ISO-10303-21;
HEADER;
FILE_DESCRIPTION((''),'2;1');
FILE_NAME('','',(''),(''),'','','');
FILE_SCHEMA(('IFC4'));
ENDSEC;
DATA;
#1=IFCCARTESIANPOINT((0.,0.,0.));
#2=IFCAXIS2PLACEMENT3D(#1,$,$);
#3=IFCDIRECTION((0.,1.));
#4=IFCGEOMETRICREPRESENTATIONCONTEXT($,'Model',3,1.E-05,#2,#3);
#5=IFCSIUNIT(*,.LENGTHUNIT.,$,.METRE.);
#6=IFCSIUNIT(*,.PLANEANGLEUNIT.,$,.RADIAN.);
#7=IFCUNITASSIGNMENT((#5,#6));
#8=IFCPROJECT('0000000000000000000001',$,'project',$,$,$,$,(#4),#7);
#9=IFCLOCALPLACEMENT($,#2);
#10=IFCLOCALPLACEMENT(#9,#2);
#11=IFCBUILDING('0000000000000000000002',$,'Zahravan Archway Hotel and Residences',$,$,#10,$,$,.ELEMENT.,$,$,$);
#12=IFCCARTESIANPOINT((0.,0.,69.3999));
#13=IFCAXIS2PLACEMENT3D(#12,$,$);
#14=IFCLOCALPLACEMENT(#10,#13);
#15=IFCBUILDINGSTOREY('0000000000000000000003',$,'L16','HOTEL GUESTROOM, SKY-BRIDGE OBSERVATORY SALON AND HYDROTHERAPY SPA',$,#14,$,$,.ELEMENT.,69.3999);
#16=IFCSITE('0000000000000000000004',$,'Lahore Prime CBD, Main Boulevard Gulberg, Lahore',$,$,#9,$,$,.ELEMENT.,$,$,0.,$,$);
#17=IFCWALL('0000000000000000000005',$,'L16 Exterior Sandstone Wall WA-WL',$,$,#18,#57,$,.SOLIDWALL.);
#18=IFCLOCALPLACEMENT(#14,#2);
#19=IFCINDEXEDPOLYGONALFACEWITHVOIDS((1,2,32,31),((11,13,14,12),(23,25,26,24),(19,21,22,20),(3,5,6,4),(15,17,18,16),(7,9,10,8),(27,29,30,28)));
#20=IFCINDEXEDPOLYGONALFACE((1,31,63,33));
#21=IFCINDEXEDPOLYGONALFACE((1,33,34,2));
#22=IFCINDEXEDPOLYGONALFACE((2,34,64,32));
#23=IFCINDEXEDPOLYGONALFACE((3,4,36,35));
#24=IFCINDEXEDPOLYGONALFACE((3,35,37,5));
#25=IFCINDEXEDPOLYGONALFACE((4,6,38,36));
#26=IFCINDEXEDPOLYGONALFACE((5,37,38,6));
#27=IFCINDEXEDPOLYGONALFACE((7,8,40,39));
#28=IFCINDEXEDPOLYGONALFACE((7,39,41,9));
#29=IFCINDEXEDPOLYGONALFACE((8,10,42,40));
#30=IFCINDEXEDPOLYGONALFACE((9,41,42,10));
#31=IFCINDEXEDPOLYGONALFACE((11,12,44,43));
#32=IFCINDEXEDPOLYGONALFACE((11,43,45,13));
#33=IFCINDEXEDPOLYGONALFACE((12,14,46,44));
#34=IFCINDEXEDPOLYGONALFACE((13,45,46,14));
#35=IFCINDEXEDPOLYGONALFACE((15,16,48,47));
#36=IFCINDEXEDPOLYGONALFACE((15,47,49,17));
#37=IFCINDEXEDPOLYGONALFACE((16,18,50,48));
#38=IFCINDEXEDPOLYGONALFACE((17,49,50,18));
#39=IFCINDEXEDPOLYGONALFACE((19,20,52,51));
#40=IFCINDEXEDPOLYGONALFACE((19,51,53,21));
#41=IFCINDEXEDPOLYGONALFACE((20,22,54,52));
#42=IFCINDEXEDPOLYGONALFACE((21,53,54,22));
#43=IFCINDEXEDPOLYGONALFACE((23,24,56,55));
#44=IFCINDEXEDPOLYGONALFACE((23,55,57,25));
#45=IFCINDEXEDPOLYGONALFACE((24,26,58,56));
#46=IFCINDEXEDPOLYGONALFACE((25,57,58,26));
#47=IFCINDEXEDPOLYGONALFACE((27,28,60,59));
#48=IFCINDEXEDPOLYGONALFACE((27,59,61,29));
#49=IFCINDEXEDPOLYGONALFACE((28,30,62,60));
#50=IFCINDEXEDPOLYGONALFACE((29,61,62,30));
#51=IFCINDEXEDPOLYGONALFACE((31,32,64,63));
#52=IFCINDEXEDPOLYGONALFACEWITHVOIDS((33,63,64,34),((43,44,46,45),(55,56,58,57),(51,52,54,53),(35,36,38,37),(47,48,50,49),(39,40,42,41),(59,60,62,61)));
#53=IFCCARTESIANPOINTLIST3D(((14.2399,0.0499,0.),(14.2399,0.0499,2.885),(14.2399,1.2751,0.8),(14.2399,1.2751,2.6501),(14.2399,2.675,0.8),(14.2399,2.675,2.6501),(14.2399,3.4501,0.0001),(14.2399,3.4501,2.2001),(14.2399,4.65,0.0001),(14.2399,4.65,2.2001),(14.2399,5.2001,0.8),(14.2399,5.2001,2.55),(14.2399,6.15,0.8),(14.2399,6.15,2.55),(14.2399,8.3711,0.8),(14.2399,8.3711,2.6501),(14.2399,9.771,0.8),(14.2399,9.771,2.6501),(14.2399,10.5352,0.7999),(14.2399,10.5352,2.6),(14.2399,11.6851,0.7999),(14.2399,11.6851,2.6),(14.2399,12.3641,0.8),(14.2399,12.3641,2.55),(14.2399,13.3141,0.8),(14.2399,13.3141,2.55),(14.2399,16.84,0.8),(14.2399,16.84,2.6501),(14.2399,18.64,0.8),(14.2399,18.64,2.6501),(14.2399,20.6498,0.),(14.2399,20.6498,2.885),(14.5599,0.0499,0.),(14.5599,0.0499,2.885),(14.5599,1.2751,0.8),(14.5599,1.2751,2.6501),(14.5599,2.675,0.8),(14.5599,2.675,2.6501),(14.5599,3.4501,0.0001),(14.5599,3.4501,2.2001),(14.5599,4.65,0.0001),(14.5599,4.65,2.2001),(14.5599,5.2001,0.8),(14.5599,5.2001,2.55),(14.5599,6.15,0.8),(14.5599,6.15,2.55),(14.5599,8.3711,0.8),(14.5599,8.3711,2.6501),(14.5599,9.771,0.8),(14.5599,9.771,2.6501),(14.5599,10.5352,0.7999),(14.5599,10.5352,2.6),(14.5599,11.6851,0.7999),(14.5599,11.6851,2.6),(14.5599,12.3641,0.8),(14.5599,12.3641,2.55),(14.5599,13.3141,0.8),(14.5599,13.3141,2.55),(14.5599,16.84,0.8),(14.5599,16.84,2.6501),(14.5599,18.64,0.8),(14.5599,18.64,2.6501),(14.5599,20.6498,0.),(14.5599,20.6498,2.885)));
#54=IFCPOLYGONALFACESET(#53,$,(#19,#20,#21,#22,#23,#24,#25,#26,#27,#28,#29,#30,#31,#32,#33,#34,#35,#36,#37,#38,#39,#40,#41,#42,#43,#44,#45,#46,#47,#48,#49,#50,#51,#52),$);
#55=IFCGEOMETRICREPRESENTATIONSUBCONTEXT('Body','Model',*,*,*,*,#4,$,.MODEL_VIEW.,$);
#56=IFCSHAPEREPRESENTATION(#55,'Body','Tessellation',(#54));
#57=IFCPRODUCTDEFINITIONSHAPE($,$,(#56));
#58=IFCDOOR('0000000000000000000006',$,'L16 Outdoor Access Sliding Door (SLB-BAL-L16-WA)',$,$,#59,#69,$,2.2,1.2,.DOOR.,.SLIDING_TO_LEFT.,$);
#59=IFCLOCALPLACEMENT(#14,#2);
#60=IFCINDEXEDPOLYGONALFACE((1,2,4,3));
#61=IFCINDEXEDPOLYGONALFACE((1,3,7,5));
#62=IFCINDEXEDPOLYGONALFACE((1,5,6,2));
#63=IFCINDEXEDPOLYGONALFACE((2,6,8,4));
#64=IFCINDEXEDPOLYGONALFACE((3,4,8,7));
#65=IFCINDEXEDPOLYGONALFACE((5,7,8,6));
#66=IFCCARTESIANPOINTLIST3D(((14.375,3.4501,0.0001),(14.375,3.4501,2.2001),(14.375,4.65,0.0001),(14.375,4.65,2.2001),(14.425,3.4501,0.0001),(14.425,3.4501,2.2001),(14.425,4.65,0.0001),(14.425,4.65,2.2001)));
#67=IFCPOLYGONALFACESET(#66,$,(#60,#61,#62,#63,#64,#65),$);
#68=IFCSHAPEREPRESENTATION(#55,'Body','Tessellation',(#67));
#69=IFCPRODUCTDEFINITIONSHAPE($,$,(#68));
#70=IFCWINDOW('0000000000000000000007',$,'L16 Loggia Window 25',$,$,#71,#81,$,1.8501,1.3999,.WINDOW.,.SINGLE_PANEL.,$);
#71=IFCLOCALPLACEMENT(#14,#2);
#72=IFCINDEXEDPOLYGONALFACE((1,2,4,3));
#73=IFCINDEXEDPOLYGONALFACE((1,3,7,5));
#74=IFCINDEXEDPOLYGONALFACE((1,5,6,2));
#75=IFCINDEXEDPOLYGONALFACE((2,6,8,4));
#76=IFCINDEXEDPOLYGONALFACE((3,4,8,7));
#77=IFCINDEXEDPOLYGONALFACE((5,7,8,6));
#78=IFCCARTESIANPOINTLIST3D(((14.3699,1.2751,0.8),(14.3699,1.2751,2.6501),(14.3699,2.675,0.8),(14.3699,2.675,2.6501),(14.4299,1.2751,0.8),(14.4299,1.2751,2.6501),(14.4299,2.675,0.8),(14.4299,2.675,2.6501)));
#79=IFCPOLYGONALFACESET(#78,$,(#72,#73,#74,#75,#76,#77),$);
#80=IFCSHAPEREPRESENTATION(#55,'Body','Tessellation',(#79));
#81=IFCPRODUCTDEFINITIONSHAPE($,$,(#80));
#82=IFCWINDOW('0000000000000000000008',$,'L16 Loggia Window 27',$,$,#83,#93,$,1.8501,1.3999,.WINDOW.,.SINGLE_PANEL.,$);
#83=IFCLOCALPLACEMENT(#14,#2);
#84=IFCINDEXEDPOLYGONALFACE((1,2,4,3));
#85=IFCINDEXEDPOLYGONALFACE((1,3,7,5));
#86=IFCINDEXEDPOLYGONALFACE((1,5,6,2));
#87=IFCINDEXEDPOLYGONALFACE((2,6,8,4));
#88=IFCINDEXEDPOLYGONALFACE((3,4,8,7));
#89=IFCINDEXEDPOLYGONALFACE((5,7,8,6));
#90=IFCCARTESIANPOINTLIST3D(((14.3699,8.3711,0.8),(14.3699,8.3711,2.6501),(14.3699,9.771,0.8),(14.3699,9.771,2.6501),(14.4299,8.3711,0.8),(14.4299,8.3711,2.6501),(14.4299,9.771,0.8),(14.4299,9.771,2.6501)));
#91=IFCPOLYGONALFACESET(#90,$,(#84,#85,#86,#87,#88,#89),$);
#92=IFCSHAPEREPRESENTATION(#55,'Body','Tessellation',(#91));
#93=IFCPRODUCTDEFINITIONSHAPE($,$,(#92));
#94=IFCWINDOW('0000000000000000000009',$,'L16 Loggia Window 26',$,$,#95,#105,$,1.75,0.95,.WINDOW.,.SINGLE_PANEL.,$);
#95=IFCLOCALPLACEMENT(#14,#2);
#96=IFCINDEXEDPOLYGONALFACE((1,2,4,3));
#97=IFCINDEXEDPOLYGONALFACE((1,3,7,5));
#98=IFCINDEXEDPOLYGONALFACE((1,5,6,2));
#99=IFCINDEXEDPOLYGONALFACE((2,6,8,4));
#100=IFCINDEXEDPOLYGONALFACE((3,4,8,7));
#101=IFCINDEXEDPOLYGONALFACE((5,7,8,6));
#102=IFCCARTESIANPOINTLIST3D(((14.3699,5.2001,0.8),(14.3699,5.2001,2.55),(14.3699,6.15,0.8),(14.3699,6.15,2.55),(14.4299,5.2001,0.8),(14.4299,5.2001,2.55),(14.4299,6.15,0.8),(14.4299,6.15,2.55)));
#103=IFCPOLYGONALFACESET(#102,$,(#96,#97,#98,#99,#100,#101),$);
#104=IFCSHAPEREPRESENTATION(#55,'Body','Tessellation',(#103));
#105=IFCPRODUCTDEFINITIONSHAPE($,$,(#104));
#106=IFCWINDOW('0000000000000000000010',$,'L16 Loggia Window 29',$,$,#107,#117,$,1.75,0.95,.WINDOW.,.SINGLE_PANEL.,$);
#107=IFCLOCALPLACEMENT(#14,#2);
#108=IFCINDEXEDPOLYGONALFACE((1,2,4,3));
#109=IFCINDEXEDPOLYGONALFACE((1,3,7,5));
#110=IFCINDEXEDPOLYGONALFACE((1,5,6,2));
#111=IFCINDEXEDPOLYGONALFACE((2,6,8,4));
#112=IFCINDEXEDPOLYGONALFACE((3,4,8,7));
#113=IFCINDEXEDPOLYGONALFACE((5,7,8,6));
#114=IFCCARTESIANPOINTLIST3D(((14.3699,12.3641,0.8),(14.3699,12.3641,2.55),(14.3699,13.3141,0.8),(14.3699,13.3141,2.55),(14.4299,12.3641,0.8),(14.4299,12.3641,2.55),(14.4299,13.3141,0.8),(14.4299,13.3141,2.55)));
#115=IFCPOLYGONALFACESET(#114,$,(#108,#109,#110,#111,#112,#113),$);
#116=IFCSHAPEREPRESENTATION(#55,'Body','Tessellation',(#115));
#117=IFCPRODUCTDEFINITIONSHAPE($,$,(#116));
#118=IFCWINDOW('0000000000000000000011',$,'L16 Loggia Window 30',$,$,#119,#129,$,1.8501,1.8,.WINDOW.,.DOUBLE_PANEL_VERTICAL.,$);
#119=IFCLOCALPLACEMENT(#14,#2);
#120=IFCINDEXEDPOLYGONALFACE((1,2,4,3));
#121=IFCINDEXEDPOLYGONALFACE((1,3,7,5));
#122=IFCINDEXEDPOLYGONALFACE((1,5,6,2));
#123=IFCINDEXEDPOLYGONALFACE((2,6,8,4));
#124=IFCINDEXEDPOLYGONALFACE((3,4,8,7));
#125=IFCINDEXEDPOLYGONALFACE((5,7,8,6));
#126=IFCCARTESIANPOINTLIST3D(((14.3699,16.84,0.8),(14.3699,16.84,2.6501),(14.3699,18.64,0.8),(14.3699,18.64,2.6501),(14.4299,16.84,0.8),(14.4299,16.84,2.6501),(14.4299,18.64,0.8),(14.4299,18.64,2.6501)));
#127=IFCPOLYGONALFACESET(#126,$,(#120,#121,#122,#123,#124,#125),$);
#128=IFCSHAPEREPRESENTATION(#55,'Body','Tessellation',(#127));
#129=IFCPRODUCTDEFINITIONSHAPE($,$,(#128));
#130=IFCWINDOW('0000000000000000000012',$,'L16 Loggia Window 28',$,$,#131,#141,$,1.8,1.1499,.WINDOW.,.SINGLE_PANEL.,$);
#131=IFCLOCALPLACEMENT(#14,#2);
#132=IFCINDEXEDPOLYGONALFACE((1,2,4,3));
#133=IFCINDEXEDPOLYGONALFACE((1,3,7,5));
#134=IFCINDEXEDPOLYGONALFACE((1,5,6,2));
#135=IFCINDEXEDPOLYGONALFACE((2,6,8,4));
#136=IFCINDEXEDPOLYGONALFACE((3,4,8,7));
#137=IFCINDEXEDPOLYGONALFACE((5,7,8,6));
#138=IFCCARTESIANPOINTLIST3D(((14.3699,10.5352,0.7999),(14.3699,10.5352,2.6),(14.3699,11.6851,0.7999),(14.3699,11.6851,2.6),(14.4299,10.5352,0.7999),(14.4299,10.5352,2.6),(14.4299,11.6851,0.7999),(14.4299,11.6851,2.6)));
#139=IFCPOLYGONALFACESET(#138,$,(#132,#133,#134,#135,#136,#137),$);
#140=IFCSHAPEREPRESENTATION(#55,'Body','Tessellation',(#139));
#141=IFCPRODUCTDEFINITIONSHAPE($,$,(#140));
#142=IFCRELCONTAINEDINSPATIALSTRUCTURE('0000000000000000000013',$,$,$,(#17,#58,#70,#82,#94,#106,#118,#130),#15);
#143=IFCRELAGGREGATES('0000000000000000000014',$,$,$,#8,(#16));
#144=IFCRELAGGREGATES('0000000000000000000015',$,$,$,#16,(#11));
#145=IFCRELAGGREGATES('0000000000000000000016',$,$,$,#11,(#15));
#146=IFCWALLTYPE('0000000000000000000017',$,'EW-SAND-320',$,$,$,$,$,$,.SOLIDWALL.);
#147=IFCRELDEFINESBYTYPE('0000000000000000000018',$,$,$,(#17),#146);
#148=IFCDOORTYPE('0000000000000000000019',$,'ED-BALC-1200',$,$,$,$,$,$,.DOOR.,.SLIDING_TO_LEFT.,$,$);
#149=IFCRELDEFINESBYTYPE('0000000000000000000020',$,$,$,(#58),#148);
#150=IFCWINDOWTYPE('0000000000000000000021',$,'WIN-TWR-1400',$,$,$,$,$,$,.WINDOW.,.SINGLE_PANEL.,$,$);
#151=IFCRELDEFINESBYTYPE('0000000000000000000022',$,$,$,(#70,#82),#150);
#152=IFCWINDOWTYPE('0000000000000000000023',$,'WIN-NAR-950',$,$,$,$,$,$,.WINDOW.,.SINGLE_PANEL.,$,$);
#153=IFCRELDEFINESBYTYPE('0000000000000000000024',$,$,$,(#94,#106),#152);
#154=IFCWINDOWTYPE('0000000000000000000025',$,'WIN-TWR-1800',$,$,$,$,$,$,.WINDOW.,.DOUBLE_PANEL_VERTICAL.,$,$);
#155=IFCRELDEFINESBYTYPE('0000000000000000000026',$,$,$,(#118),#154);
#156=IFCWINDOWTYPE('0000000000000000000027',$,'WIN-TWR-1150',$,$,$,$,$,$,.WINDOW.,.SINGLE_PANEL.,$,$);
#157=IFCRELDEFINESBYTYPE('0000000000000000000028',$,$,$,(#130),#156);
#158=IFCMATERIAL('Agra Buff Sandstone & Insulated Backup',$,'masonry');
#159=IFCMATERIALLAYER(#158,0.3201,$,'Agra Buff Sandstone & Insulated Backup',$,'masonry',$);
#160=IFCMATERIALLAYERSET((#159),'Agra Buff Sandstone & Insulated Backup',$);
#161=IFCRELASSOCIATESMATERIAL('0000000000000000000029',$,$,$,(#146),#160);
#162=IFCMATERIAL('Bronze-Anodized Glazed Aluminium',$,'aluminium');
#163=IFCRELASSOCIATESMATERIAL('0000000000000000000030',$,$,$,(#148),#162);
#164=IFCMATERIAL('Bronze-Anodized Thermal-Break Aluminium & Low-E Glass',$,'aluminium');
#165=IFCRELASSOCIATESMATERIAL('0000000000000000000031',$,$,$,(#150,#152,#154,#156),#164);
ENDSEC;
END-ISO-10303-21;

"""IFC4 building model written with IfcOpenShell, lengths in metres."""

from ifc_helpers import new_model, si_unit, direction, frame, frame_2d, origin, place, context, subcontext, project, spatial, rectangle, extrude, source, transform, mapped, material, layer, layer_set, type_object, type_shapes, element, fill, save


model = new_model("IFC4")

# Units and contexts
model_context = context("Model", 3, precision=1e-05, world=origin(), true_north=direction((0.0, 1.0)))
body_context = subcontext(model_context, "Body", "Model", "MODEL_VIEW")
ifc_project = project(units=[si_unit("LENGTHUNIT", "METRE"), si_unit("PLANEANGLEUNIT", "RADIAN")], contexts=[model_context])

# Site, building, storey
site_placement = place(None, origin())
site = spatial("IfcSite", under=ifc_project, at=site_placement, Name="Lahore Prime CBD, Main Boulevard Gulberg, Lahore", CompositionType="ELEMENT", RefElevation=0.0)
building_placement = place(site_placement, origin())
building = spatial("IfcBuilding", under=site, at=building_placement, Name="Zahravan Archway Hotel and Residences", CompositionType="ELEMENT")
storey_placement = place(building_placement, frame((0.0, 0.0, 69.3999)))
storey = spatial("IfcBuildingStorey", under=building, at=storey_placement, Name="L16", Description="HOTEL GUESTROOM, SKY-BRIDGE OBSERVATORY SALON AND HYDROTHERAPY SPA", CompositionType="ELEMENT", Elevation=69.3999)

# Wall, openings, door, windows
ifc_material_1 = material(Name="Agra Buff Sandstone & Insulated Backup", Category="masonry")
ifc_layer = layer(ifc_material_1, 0.3201, Name="Agra Buff Sandstone & Insulated Backup", Category="masonry")
ifc_layer_set = layer_set([ifc_layer], Name="Agra Buff Sandstone & Insulated Backup")
wall_type = type_object("IfcWallType", Name="EW-SAND-320", PredefinedType="SOLIDWALL", material=ifc_layer_set)
wall_placement = place(storey_placement, frame((14.3999, 0.05, 0.0), z_axis=(0.0, 0.0, 1.0), x_axis=(0.0, 1.0, 0.0)))
wall = element("IfcWall", 1, at=wall_placement, inside=storey, type_object=wall_type, Name="L16 Exterior Sandstone Wall WA-WL", PredefinedType="SOLIDWALL", context=body_context, shape_type="SweptSolid", body=[
    extrude(rectangle(XDim=20.5999, YDim=0.3201, at=frame_2d((10.2998, 0.0))), origin(), (0.0, 0.0, 1.0), 2.885),
])
opening_1_placement = place(wall_placement, frame((3.3999, 0.0, 0.0)))
opening_1 = element("IfcOpeningElement", 2, at=opening_1_placement, cuts=wall, PredefinedType="OPENING", context=body_context, shape_type="SweptSolid", body=[
    extrude(rectangle(XDim=1.2, YDim=2.2, at=frame_2d((0.6001, 1.1001))), frame((0.0, 0.1699, 0.0), z_axis=(0.0, -1.0, 0.0), x_axis=(1.0, 0.0, 0.0)), (0.0, 0.0, 1.0), 0.3401),
])
opening_2_placement = place(wall_placement, frame((1.2251, 0.0, 0.8)))
opening_2 = element("IfcOpeningElement", 3, at=opening_2_placement, cuts=wall, PredefinedType="OPENING", context=body_context, shape_type="SweptSolid", body=[
    extrude(rectangle(XDim=1.3999, YDim=1.8501, at=frame_2d((0.7, 0.925))), frame((0.0, 0.1699, 0.0), z_axis=(0.0, -1.0, 0.0), x_axis=(1.0, 0.0, 0.0)), (0.0, 0.0, 1.0), 0.3401),
])
opening_3_placement = place(wall_placement, frame((5.1499, 0.0, 0.8)))
opening_3 = element("IfcOpeningElement", 4, at=opening_3_placement, cuts=wall, PredefinedType="OPENING", context=body_context, shape_type="SweptSolid", body=[
    extrude(rectangle(XDim=0.95, YDim=1.75, at=frame_2d((0.4751, 0.875))), frame((0.0, 0.1699, 0.0), z_axis=(0.0, -1.0, 0.0), x_axis=(1.0, 0.0, 0.0)), (0.0, 0.0, 1.0), 0.3401),
])
opening_4_placement = place(wall_placement, frame((8.321, 0.0, 0.8)))
opening_4 = element("IfcOpeningElement", 5, at=opening_4_placement, cuts=wall, PredefinedType="OPENING", context=body_context, shape_type="SweptSolid", body=[
    extrude(rectangle(XDim=1.3999, YDim=1.8501, at=frame_2d((0.7, 0.925))), frame((0.0, 0.1699, 0.0), z_axis=(0.0, -1.0, 0.0), x_axis=(1.0, 0.0, 0.0)), (0.0, 0.0, 1.0), 0.3401),
])
opening_5_placement = place(wall_placement, frame((10.4851, 0.0, 0.8)))
opening_5 = element("IfcOpeningElement", 6, at=opening_5_placement, cuts=wall, PredefinedType="OPENING", context=body_context, shape_type="SweptSolid", body=[
    extrude(rectangle(XDim=1.1499, YDim=1.8, at=frame_2d((0.575, 0.8999))), frame((0.0, 0.1699, 0.0), z_axis=(0.0, -1.0, 0.0), x_axis=(1.0, 0.0, 0.0)), (0.0, 0.0, 1.0), 0.3401),
])
opening_6_placement = place(wall_placement, frame((12.314, 0.0, 0.8)))
opening_6 = element("IfcOpeningElement", 7, at=opening_6_placement, cuts=wall, PredefinedType="OPENING", context=body_context, shape_type="SweptSolid", body=[
    extrude(rectangle(XDim=0.95, YDim=1.75, at=frame_2d((0.4751, 0.875))), frame((0.0, 0.1699, 0.0), z_axis=(0.0, -1.0, 0.0), x_axis=(1.0, 0.0, 0.0)), (0.0, 0.0, 1.0), 0.3401),
])
opening_7_placement = place(wall_placement, frame((16.79, 0.0, 0.8)))
opening_7 = element("IfcOpeningElement", 8, at=opening_7_placement, cuts=wall, PredefinedType="OPENING", context=body_context, shape_type="SweptSolid", body=[
    extrude(rectangle(XDim=1.8, YDim=1.8501, at=frame_2d((0.8999, 0.925))), frame((0.0, 0.1699, 0.0), z_axis=(0.0, -1.0, 0.0), x_axis=(1.0, 0.0, 0.0)), (0.0, 0.0, 1.0), 0.3401),
])
ifc_material_2 = material(Name="Bronze-Anodized Glazed Aluminium", Category="aluminium")
door_type = type_object("IfcDoorType", Name="ED-BALC-1200", OperationType="SLIDING_TO_LEFT", PredefinedType="DOOR", material=ifc_material_2)
shared_shape_1 = source(origin(), body_context, "Body", "SweptSolid", [
    extrude(rectangle(XDim=1.2, YDim=2.2, at=frame_2d((0.6001, 1.1001))), frame((0.0, 0.0249, 0.0), z_axis=(0.0, -1.0, 0.0), x_axis=(1.0, 0.0, 0.0)), (0.0, 0.0, 1.0), 0.05),
])
type_shapes(door_type, [shared_shape_1])
door_placement = place(opening_1_placement, origin())
door = element("IfcDoor", 9, at=door_placement, inside=storey, type_object=door_type, Name="L16 Outdoor Access Sliding Door (SLB-BAL-L16-WA)", OperationType="SLIDING_TO_LEFT", OverallHeight=2.2, OverallWidth=1.2, PredefinedType="DOOR", context=body_context, shape_type="MappedRepresentation", body=[
    mapped(shared_shape_1, transform((0.0, 0.0, 0.0), scale=1.0)),
])
fill(opening_1, door)
ifc_material_3 = material(Name="Bronze-Anodized Thermal-Break Aluminium & Low-E Glass", Category="aluminium")
window_type_1 = type_object("IfcWindowType", Name="WIN-TWR-1400", PartitioningType="SINGLE_PANEL", PredefinedType="WINDOW", material=ifc_material_3)
shared_shape_2 = source(origin(), body_context, "Body", "SweptSolid", [
    extrude(rectangle(XDim=1.3999, YDim=1.8501, at=frame_2d((0.7, 0.925))), frame((0.0, 0.03, 0.0), z_axis=(0.0, -1.0, 0.0), x_axis=(1.0, 0.0, 0.0)), (0.0, 0.0, 1.0), 0.0601),
])
type_shapes(window_type_1, [shared_shape_2])
window_1_placement = place(opening_2_placement, origin())
window_1 = element("IfcWindow", 10, at=window_1_placement, inside=storey, type_object=window_type_1, Name="L16 Loggia Window 25", OverallHeight=1.8501, OverallWidth=1.3999, PartitioningType="SINGLE_PANEL", PredefinedType="WINDOW", context=body_context, shape_type="MappedRepresentation", body=[
    mapped(shared_shape_2, transform((0.0, 0.0, 0.0), scale=1.0)),
])
fill(opening_2, window_1)
window_2_placement = place(opening_4_placement, origin())
window_2 = element("IfcWindow", 11, at=window_2_placement, inside=storey, type_object=window_type_1, Name="L16 Loggia Window 27", OverallHeight=1.8501, OverallWidth=1.3999, PartitioningType="SINGLE_PANEL", PredefinedType="WINDOW", context=body_context, shape_type="MappedRepresentation", body=[
    mapped(shared_shape_2, transform((0.0, 0.0, 0.0), scale=1.0)),
])
fill(opening_4, window_2)
window_type_2 = type_object("IfcWindowType", Name="WIN-NAR-950", PartitioningType="SINGLE_PANEL", PredefinedType="WINDOW", material=ifc_material_3)
shared_shape_3 = source(origin(), body_context, "Body", "SweptSolid", [
    extrude(rectangle(XDim=0.95, YDim=1.75, at=frame_2d((0.4751, 0.875))), frame((0.0, 0.03, 0.0), z_axis=(0.0, -1.0, 0.0), x_axis=(1.0, 0.0, 0.0)), (0.0, 0.0, 1.0), 0.0601),
])
type_shapes(window_type_2, [shared_shape_3])
window_3_placement = place(opening_3_placement, origin())
window_3 = element("IfcWindow", 12, at=window_3_placement, inside=storey, type_object=window_type_2, Name="L16 Loggia Window 26", OverallHeight=1.75, OverallWidth=0.95, PartitioningType="SINGLE_PANEL", PredefinedType="WINDOW", context=body_context, shape_type="MappedRepresentation", body=[
    mapped(shared_shape_3, transform((0.0, 0.0, 0.0), scale=1.0)),
])
fill(opening_3, window_3)
window_4_placement = place(opening_6_placement, origin())
window_4 = element("IfcWindow", 13, at=window_4_placement, inside=storey, type_object=window_type_2, Name="L16 Loggia Window 29", OverallHeight=1.75, OverallWidth=0.95, PartitioningType="SINGLE_PANEL", PredefinedType="WINDOW", context=body_context, shape_type="MappedRepresentation", body=[
    mapped(shared_shape_3, transform((0.0, 0.0, 0.0), scale=1.0)),
])
fill(opening_6, window_4)
window_type_3 = type_object("IfcWindowType", Name="WIN-TWR-1800", PartitioningType="DOUBLE_PANEL_VERTICAL", PredefinedType="WINDOW", material=ifc_material_3)
shared_shape_4 = source(origin(), body_context, "Body", "SweptSolid", [
    extrude(rectangle(XDim=1.8, YDim=1.8501, at=frame_2d((0.8999, 0.925))), frame((0.0, 0.03, 0.0), z_axis=(0.0, -1.0, 0.0), x_axis=(1.0, 0.0, 0.0)), (0.0, 0.0, 1.0), 0.0601),
])
type_shapes(window_type_3, [shared_shape_4])
window_5_placement = place(opening_7_placement, origin())
window_5 = element("IfcWindow", 14, at=window_5_placement, inside=storey, type_object=window_type_3, Name="L16 Loggia Window 30", OverallHeight=1.8501, OverallWidth=1.8, PartitioningType="DOUBLE_PANEL_VERTICAL", PredefinedType="WINDOW", context=body_context, shape_type="MappedRepresentation", body=[
    mapped(shared_shape_4, transform((0.0, 0.0, 0.0), scale=1.0)),
])
fill(opening_7, window_5)
window_type_4 = type_object("IfcWindowType", Name="WIN-TWR-1150", PartitioningType="SINGLE_PANEL", PredefinedType="WINDOW", material=ifc_material_3)
shared_shape_5 = source(origin(), body_context, "Body", "SweptSolid", [
    extrude(rectangle(XDim=1.1499, YDim=1.8, at=frame_2d((0.575, 0.8999))), frame((0.0, 0.03, 0.0), z_axis=(0.0, -1.0, 0.0), x_axis=(1.0, 0.0, 0.0)), (0.0, 0.0, 1.0), 0.0601),
])
type_shapes(window_type_4, [shared_shape_5])
window_6_placement = place(opening_5_placement, origin())
window_6 = element("IfcWindow", 15, at=window_6_placement, inside=storey, type_object=window_type_4, Name="L16 Loggia Window 28", OverallHeight=1.8, OverallWidth=1.1499, PartitioningType="SINGLE_PANEL", PredefinedType="WINDOW", context=body_context, shape_type="MappedRepresentation", body=[
    mapped(shared_shape_5, transform((0.0, 0.0, 0.0), scale=1.0)),
])
fill(opening_5, window_6)

save(model, "model.ifc")
